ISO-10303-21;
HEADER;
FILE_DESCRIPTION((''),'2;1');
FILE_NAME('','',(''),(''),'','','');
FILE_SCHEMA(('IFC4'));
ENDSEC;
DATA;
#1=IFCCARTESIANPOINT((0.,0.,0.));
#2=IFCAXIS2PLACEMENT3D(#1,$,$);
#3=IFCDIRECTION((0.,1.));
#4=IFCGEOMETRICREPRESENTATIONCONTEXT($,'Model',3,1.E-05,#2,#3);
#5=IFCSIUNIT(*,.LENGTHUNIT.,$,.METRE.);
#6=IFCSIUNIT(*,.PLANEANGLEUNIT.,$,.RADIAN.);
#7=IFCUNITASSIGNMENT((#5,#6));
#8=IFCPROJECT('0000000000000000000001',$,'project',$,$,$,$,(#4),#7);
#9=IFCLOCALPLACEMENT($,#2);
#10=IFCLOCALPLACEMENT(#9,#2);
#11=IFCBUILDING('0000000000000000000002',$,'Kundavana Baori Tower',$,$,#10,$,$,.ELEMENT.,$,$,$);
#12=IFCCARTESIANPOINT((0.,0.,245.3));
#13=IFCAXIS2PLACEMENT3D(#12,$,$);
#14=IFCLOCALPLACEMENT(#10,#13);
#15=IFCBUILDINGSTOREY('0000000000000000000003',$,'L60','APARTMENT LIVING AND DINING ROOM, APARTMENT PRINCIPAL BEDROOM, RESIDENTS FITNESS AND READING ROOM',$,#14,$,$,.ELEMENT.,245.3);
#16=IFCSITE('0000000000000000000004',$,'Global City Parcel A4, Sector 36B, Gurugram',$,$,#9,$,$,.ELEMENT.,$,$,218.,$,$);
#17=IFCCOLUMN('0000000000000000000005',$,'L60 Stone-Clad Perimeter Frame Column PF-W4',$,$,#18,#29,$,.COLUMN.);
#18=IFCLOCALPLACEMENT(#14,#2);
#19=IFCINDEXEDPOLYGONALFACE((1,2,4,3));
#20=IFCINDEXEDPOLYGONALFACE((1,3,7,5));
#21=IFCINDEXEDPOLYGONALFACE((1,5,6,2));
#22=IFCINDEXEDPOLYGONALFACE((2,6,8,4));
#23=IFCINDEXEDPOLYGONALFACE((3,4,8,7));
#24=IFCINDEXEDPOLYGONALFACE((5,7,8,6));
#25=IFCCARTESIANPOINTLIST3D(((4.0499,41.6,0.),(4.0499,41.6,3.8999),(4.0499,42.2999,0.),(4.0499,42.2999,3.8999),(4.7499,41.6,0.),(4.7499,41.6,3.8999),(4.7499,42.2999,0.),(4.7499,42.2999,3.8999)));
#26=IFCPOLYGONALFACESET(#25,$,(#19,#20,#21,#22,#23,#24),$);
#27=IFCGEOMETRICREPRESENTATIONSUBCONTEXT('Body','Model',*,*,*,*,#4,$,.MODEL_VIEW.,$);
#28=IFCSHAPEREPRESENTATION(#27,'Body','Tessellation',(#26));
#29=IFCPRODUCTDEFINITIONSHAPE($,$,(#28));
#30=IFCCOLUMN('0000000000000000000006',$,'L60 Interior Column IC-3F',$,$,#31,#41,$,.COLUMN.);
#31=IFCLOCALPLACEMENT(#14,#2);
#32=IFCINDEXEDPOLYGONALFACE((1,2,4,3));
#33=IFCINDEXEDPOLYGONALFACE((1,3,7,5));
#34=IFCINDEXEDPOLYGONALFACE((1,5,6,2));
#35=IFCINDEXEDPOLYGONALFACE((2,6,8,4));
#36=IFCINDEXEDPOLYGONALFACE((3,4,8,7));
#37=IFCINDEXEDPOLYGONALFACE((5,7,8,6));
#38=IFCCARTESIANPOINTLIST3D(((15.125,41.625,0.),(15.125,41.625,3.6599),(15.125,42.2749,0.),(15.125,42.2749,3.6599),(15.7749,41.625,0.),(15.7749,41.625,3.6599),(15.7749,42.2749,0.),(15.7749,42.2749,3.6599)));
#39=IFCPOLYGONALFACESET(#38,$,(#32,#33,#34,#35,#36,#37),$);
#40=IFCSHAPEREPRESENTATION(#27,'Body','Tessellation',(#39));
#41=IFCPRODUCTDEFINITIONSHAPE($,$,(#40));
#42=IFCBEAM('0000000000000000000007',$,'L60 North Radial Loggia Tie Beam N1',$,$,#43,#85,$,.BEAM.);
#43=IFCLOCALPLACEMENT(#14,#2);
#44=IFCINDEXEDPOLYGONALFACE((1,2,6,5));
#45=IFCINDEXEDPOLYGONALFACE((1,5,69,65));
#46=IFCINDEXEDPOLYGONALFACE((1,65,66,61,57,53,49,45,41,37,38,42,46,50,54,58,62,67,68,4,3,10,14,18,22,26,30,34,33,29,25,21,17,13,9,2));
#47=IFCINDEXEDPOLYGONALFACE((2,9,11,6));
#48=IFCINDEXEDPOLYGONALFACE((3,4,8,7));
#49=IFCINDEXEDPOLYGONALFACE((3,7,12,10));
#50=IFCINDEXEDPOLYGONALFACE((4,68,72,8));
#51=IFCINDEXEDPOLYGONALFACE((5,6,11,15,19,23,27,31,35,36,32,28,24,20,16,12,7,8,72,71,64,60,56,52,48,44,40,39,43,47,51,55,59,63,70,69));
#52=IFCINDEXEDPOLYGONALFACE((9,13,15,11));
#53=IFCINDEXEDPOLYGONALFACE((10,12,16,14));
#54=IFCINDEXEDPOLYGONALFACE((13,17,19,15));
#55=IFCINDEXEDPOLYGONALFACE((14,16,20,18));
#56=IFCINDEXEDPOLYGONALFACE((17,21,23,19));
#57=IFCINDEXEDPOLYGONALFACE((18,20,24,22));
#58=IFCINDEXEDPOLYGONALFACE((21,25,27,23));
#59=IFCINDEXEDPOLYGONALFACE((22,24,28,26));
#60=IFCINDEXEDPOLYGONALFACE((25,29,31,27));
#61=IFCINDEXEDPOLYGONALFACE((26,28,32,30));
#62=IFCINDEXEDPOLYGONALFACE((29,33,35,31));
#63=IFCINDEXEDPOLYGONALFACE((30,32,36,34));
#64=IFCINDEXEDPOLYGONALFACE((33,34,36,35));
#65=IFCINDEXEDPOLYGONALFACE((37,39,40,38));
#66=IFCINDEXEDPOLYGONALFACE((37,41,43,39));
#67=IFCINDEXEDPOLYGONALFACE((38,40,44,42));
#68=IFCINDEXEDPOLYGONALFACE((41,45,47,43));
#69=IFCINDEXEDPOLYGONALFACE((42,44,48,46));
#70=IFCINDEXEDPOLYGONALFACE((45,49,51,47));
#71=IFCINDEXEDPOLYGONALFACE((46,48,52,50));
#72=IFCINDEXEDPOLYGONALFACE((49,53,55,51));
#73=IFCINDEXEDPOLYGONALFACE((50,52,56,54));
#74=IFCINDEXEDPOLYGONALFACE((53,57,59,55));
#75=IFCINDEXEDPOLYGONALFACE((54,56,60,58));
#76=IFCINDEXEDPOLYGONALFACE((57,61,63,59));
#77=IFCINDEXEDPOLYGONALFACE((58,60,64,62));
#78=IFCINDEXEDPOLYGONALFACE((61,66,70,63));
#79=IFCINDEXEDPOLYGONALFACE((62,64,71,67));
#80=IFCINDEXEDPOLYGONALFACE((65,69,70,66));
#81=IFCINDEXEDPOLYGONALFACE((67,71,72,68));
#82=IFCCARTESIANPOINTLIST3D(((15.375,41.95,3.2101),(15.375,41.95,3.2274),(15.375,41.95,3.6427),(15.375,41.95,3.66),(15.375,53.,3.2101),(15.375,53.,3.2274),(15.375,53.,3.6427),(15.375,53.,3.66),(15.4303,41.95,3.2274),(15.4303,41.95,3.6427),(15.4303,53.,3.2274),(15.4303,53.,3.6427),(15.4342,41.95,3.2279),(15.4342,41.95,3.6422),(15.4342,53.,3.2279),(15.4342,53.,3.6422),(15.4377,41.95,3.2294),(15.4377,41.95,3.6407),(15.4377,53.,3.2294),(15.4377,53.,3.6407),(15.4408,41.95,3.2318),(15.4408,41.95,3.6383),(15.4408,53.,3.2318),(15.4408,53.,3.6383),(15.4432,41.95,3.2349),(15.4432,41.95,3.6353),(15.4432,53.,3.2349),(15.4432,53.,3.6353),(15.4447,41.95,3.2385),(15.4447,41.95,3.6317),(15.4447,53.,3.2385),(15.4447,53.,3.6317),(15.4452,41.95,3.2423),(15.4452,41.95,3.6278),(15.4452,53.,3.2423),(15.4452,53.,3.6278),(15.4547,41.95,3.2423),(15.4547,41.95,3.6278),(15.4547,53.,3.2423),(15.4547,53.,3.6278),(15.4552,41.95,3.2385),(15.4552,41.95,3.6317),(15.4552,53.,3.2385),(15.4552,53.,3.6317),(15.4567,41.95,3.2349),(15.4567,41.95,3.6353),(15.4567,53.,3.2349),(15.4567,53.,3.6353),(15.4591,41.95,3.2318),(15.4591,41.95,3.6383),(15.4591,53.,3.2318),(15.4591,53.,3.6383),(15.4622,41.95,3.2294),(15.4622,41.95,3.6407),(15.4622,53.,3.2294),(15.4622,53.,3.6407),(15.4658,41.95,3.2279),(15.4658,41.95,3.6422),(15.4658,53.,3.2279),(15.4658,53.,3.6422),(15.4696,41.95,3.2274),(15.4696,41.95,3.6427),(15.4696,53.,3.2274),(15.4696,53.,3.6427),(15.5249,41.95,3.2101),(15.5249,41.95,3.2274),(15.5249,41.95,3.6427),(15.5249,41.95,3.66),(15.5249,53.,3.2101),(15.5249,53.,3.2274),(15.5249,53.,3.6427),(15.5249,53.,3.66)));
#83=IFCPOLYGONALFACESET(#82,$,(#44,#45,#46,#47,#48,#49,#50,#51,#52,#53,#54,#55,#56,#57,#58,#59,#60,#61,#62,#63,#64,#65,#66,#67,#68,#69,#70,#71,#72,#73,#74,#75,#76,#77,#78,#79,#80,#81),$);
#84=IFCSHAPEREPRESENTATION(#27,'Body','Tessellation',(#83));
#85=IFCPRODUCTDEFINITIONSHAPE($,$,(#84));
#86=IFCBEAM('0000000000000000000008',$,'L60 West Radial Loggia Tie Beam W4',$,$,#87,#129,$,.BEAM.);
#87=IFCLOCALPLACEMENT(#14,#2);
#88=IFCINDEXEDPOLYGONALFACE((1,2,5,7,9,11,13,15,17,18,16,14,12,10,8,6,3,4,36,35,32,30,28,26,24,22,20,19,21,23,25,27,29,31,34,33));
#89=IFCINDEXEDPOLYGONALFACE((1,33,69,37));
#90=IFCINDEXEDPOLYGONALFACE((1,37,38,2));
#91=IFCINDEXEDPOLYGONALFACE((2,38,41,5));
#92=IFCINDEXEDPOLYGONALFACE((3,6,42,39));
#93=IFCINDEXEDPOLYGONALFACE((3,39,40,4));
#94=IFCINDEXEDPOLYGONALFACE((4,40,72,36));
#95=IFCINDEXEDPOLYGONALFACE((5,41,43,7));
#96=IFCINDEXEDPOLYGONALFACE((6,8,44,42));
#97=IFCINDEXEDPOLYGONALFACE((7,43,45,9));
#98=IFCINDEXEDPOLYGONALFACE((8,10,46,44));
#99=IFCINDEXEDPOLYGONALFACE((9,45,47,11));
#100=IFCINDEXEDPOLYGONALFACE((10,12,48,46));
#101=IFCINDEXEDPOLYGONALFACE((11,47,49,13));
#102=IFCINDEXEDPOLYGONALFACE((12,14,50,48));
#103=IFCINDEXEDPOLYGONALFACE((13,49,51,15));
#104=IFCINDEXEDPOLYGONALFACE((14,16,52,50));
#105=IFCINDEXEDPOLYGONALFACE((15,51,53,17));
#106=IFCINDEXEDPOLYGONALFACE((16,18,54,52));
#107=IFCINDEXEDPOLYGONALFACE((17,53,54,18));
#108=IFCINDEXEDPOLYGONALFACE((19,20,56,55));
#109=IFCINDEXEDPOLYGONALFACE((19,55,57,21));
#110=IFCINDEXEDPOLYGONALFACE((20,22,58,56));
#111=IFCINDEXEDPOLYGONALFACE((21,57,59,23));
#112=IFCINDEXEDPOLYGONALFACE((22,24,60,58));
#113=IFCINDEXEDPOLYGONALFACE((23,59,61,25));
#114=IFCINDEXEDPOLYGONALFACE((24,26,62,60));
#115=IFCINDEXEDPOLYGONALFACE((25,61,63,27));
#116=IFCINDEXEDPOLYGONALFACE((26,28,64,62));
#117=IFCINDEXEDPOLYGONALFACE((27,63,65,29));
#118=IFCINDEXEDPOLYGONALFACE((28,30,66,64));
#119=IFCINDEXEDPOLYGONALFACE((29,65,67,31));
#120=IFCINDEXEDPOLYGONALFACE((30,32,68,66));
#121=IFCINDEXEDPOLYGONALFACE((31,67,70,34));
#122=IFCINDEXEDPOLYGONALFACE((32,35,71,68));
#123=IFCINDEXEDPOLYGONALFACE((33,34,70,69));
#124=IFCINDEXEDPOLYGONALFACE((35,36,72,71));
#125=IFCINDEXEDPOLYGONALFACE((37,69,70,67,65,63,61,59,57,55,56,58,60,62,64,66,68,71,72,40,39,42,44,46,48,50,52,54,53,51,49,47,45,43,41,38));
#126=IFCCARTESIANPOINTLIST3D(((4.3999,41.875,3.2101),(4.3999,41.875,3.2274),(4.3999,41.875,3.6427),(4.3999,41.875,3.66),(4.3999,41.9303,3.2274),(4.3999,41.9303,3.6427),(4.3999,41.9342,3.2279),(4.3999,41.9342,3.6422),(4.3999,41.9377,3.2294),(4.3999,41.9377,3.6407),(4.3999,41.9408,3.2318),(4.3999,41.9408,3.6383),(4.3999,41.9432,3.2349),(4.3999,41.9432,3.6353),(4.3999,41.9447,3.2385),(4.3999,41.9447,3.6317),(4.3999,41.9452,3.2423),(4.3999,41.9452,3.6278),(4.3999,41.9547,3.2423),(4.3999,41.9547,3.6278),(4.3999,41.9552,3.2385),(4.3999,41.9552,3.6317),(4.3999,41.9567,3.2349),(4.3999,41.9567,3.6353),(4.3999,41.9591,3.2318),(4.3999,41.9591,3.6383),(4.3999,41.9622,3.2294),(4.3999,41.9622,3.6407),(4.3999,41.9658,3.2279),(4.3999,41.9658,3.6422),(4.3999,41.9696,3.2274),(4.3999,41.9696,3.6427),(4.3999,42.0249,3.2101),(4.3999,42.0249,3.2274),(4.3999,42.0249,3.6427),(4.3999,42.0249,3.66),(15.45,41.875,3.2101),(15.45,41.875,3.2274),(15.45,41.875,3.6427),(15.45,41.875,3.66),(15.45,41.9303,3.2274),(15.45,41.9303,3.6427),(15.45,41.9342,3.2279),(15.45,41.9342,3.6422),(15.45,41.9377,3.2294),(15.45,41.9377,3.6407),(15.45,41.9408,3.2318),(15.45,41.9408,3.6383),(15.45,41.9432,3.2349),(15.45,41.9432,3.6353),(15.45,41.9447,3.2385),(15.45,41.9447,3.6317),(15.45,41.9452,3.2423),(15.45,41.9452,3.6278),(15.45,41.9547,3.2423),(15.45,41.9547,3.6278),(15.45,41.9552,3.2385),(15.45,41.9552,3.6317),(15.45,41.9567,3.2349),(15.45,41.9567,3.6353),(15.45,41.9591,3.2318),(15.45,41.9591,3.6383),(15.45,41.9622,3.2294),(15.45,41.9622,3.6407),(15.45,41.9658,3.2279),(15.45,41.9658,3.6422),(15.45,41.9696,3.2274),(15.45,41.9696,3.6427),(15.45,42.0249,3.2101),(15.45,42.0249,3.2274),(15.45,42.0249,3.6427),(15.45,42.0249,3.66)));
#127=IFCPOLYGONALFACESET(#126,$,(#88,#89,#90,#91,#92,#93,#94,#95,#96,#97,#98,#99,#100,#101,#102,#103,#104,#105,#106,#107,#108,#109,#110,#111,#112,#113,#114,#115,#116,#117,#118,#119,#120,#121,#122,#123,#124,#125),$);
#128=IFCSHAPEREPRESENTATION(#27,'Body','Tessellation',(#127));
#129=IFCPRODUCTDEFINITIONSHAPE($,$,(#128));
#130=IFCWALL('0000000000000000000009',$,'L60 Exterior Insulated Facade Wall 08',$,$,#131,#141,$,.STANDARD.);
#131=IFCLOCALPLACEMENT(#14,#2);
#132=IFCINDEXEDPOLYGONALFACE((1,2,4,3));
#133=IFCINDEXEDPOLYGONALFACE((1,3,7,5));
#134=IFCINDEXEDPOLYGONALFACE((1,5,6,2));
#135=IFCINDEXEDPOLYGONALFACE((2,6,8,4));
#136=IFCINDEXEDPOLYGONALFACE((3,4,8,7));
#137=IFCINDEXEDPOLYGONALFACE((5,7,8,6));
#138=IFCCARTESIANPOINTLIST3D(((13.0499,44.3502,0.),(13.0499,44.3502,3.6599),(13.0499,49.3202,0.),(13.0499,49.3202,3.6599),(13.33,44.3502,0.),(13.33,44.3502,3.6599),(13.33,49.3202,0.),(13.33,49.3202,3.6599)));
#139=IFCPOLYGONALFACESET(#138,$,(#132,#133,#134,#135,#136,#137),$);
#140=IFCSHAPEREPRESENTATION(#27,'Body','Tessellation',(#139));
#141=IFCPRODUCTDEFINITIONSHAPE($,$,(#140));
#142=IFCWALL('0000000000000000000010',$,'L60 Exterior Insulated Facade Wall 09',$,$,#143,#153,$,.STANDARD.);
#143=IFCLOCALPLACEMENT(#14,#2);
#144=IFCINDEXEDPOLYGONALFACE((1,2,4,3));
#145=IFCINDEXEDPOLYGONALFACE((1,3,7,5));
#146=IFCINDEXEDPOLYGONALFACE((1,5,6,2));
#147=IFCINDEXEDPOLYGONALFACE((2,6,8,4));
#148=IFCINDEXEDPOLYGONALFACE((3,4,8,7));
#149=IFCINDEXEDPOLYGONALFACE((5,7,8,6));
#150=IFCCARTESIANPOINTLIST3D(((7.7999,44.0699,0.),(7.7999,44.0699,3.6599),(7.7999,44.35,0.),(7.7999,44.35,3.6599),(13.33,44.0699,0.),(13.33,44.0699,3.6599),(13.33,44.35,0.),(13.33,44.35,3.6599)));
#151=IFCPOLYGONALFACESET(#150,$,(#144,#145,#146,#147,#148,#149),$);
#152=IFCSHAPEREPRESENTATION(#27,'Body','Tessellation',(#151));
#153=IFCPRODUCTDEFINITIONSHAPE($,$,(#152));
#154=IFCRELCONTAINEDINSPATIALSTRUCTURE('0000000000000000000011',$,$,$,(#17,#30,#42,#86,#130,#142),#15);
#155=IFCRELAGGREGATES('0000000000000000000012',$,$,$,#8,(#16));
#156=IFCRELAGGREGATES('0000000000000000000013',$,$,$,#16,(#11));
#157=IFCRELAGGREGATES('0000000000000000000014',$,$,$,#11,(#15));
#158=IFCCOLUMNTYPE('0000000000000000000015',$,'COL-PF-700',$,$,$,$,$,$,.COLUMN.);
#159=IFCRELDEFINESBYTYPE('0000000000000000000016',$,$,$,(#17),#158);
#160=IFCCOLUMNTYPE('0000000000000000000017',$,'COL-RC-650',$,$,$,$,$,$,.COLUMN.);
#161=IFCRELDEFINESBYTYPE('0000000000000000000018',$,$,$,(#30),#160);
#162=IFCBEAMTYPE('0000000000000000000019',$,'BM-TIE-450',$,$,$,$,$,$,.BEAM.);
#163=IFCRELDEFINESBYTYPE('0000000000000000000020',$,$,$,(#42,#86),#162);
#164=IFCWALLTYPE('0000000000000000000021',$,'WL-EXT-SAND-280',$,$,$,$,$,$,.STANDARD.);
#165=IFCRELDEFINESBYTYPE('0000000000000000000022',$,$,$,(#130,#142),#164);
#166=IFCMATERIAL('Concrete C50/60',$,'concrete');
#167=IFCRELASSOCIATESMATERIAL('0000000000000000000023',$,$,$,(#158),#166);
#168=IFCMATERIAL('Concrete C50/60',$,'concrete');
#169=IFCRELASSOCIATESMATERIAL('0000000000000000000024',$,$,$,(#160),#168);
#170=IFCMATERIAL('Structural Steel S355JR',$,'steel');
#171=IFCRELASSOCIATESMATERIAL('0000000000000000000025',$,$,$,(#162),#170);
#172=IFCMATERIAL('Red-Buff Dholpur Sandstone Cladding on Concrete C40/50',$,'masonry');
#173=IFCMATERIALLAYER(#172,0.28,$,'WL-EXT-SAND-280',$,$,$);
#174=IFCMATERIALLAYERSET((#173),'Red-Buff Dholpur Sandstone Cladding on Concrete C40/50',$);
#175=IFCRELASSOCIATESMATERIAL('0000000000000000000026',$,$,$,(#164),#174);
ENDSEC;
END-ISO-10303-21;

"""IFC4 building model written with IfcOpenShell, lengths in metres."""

from ifc_helpers import new_model, si_unit, direction, frame, frame_2d, origin, origin_2d, place, context, subcontext, project, spatial, rectangle, i_section, extrude, material, layer, layer_set, material_profile, profile_set, type_object, element, save


model = new_model("IFC4")

# Units and contexts
model_context = context("Model", 3, precision=1e-05, world=origin(), true_north=direction((0.0, 1.0)))
body_context = subcontext(model_context, "Body", "Model", "MODEL_VIEW")
ifc_project = project(units=[si_unit("LENGTHUNIT", "METRE"), si_unit("PLANEANGLEUNIT", "RADIAN")], contexts=[model_context])

# Site, building, storey
site_placement = place(None, origin())
site = spatial("IfcSite", under=ifc_project, at=site_placement, Name="Global City Parcel A4, Sector 36B, Gurugram", CompositionType="ELEMENT", RefElevation=218.0)
building_placement = place(site_placement, origin())
building = spatial("IfcBuilding", under=site, at=building_placement, Name="Kundavana Baori Tower", CompositionType="ELEMENT")
storey_placement = place(building_placement, frame((0.0, 0.0, 245.3)))
storey = spatial("IfcBuildingStorey", under=building, at=storey_placement, Name="L60", Description="APARTMENT LIVING AND DINING ROOM, APARTMENT PRINCIPAL BEDROOM, RESIDENTS FITNESS AND READING ROOM", CompositionType="ELEMENT", Elevation=245.3)

# Columns
ifc_material_1 = material(Name="Concrete C50/60", Category="concrete")
ifc_material_profile_1 = material_profile(ifc_material_1, rectangle(XDim=0.7, YDim=0.7, at=origin_2d()), Name="RC PF 700x700")
ifc_profile_set_1 = profile_set([ifc_material_profile_1], Name="Concrete C50/60")
column_type_1 = type_object("IfcColumnType", Name="COL-PF-700", PredefinedType="COLUMN", material=ifc_profile_set_1)
column_1_placement = place(storey_placement, frame((4.3999, 41.95, 0.0), z_axis=(0.0, 0.0, 1.0), x_axis=(1.0, 0.0, 0.0)))
element("IfcColumn", 1, at=column_1_placement, inside=storey, type_object=column_type_1, Name="L60 Stone-Clad Perimeter Frame Column PF-W4", PredefinedType="COLUMN", context=body_context, shape_type="SweptSolid", body=[
    extrude(rectangle(XDim=0.7, YDim=0.7, at=origin_2d()), origin(), (0.0, 0.0, 1.0), 3.8999),
])
ifc_material_2 = material(Name="Concrete C50/60", Category="concrete")
ifc_material_profile_2 = material_profile(ifc_material_2, rectangle(XDim=0.6499, YDim=0.6499, at=origin_2d()), Name="RC 650x650")
ifc_profile_set_2 = profile_set([ifc_material_profile_2], Name="Concrete C50/60")
column_type_2 = type_object("IfcColumnType", Name="COL-RC-650", PredefinedType="COLUMN", material=ifc_profile_set_2)
column_2_placement = place(storey_placement, frame((15.45, 41.95, 0.0), z_axis=(0.0, 0.0, 1.0), x_axis=(1.0, 0.0, 0.0)))
element("IfcColumn", 2, at=column_2_placement, inside=storey, type_object=column_type_2, Name="L60 Interior Column IC-3F", PredefinedType="COLUMN", context=body_context, shape_type="SweptSolid", body=[
    extrude(rectangle(XDim=0.6499, YDim=0.6499, at=origin_2d()), origin(), (0.0, 0.0, 1.0), 3.6599),
])

# Beams
ifc_material_3 = material(Name="Structural Steel S355JR", Category="steel")
ifc_material_profile_3 = material_profile(ifc_material_3, i_section(OverallWidth=0.1499, OverallDepth=0.45, WebThickness=0.0095, FlangeThickness=0.0173, FilletRadius=0.0149, at=origin_2d()), Name="ISMB 450")
ifc_profile_set_3 = profile_set([ifc_material_profile_3], Name="Structural Steel S355JR")
beam_type = type_object("IfcBeamType", Name="BM-TIE-450", PredefinedType="BEAM", material=ifc_profile_set_3)
for number, where, z_axis, x_axis, name in (
    (3, (15.45, 41.95, 3.4351), (0.0, 1.0, 0.0), (-1.0, 0.0, 0.0), "L60 North Radial Loggia Tie Beam N1"),
    (4, (15.45, 41.95, 3.4351), (-1.0, 0.0, 0.0), (0.0, -1.0, 0.0), "L60 West Radial Loggia Tie Beam W4"),
):
    element("IfcBeam", number, at=place(storey_placement, frame(where, z_axis=z_axis, x_axis=x_axis)), inside=storey, type_object=beam_type, Name=name, PredefinedType="BEAM", context=body_context, shape_type="SweptSolid", body=[
        extrude(i_section(OverallWidth=0.1499, OverallDepth=0.45, WebThickness=0.0095, FlangeThickness=0.0173, FilletRadius=0.0149, at=origin_2d()), origin(), (0.0, 0.0, 1.0), 11.05),
    ])

# Walls
ifc_material_4 = material(Name="Red-Buff Dholpur Sandstone Cladding on Concrete C40/50", Category="masonry")
ifc_layer_1 = layer(ifc_material_4, 0.28, Name="WL-EXT-SAND-280")
ifc_layer_set_1 = layer_set([ifc_layer_1], Name="Red-Buff Dholpur Sandstone Cladding on Concrete C40/50")
wall_type_1 = type_object("IfcWallType", Name="WL-EXT-SAND-280", PredefinedType="STANDARD", material=ifc_layer_set_1)
wall_1_placement = place(storey_placement, frame((13.1899, 49.3201, 0.0), z_axis=(0.0, 0.0, 1.0), x_axis=(0.0, -1.0, 0.0)))
element("IfcWall", 5, at=wall_1_placement, inside=storey, type_object=wall_type_1, Name="L60 Exterior Insulated Facade Wall 08", PredefinedType="STANDARD", context=body_context, shape_type="SweptSolid", body=[
    extrude(rectangle(XDim=4.97, YDim=0.28, at=frame_2d((2.4849, 0.0))), origin(), (0.0, 0.0, 1.0), 3.6599),
])
wall_2_placement = place(storey_placement, frame((13.3301, 44.21, 0.0), z_axis=(0.0, 0.0, 1.0), x_axis=(-1.0, 0.0, 0.0)))
element("IfcWall", 6, at=wall_2_placement, inside=storey, type_object=wall_type_1, Name="L60 Exterior Insulated Facade Wall 09", PredefinedType="STANDARD", context=body_context, shape_type="SweptSolid", body=[
    extrude(rectangle(XDim=5.53, YDim=0.28, at=frame_2d((2.7651, 0.0))), origin(), (0.0, 0.0, 1.0), 3.6599),
])

save(model, "model.ifc")
